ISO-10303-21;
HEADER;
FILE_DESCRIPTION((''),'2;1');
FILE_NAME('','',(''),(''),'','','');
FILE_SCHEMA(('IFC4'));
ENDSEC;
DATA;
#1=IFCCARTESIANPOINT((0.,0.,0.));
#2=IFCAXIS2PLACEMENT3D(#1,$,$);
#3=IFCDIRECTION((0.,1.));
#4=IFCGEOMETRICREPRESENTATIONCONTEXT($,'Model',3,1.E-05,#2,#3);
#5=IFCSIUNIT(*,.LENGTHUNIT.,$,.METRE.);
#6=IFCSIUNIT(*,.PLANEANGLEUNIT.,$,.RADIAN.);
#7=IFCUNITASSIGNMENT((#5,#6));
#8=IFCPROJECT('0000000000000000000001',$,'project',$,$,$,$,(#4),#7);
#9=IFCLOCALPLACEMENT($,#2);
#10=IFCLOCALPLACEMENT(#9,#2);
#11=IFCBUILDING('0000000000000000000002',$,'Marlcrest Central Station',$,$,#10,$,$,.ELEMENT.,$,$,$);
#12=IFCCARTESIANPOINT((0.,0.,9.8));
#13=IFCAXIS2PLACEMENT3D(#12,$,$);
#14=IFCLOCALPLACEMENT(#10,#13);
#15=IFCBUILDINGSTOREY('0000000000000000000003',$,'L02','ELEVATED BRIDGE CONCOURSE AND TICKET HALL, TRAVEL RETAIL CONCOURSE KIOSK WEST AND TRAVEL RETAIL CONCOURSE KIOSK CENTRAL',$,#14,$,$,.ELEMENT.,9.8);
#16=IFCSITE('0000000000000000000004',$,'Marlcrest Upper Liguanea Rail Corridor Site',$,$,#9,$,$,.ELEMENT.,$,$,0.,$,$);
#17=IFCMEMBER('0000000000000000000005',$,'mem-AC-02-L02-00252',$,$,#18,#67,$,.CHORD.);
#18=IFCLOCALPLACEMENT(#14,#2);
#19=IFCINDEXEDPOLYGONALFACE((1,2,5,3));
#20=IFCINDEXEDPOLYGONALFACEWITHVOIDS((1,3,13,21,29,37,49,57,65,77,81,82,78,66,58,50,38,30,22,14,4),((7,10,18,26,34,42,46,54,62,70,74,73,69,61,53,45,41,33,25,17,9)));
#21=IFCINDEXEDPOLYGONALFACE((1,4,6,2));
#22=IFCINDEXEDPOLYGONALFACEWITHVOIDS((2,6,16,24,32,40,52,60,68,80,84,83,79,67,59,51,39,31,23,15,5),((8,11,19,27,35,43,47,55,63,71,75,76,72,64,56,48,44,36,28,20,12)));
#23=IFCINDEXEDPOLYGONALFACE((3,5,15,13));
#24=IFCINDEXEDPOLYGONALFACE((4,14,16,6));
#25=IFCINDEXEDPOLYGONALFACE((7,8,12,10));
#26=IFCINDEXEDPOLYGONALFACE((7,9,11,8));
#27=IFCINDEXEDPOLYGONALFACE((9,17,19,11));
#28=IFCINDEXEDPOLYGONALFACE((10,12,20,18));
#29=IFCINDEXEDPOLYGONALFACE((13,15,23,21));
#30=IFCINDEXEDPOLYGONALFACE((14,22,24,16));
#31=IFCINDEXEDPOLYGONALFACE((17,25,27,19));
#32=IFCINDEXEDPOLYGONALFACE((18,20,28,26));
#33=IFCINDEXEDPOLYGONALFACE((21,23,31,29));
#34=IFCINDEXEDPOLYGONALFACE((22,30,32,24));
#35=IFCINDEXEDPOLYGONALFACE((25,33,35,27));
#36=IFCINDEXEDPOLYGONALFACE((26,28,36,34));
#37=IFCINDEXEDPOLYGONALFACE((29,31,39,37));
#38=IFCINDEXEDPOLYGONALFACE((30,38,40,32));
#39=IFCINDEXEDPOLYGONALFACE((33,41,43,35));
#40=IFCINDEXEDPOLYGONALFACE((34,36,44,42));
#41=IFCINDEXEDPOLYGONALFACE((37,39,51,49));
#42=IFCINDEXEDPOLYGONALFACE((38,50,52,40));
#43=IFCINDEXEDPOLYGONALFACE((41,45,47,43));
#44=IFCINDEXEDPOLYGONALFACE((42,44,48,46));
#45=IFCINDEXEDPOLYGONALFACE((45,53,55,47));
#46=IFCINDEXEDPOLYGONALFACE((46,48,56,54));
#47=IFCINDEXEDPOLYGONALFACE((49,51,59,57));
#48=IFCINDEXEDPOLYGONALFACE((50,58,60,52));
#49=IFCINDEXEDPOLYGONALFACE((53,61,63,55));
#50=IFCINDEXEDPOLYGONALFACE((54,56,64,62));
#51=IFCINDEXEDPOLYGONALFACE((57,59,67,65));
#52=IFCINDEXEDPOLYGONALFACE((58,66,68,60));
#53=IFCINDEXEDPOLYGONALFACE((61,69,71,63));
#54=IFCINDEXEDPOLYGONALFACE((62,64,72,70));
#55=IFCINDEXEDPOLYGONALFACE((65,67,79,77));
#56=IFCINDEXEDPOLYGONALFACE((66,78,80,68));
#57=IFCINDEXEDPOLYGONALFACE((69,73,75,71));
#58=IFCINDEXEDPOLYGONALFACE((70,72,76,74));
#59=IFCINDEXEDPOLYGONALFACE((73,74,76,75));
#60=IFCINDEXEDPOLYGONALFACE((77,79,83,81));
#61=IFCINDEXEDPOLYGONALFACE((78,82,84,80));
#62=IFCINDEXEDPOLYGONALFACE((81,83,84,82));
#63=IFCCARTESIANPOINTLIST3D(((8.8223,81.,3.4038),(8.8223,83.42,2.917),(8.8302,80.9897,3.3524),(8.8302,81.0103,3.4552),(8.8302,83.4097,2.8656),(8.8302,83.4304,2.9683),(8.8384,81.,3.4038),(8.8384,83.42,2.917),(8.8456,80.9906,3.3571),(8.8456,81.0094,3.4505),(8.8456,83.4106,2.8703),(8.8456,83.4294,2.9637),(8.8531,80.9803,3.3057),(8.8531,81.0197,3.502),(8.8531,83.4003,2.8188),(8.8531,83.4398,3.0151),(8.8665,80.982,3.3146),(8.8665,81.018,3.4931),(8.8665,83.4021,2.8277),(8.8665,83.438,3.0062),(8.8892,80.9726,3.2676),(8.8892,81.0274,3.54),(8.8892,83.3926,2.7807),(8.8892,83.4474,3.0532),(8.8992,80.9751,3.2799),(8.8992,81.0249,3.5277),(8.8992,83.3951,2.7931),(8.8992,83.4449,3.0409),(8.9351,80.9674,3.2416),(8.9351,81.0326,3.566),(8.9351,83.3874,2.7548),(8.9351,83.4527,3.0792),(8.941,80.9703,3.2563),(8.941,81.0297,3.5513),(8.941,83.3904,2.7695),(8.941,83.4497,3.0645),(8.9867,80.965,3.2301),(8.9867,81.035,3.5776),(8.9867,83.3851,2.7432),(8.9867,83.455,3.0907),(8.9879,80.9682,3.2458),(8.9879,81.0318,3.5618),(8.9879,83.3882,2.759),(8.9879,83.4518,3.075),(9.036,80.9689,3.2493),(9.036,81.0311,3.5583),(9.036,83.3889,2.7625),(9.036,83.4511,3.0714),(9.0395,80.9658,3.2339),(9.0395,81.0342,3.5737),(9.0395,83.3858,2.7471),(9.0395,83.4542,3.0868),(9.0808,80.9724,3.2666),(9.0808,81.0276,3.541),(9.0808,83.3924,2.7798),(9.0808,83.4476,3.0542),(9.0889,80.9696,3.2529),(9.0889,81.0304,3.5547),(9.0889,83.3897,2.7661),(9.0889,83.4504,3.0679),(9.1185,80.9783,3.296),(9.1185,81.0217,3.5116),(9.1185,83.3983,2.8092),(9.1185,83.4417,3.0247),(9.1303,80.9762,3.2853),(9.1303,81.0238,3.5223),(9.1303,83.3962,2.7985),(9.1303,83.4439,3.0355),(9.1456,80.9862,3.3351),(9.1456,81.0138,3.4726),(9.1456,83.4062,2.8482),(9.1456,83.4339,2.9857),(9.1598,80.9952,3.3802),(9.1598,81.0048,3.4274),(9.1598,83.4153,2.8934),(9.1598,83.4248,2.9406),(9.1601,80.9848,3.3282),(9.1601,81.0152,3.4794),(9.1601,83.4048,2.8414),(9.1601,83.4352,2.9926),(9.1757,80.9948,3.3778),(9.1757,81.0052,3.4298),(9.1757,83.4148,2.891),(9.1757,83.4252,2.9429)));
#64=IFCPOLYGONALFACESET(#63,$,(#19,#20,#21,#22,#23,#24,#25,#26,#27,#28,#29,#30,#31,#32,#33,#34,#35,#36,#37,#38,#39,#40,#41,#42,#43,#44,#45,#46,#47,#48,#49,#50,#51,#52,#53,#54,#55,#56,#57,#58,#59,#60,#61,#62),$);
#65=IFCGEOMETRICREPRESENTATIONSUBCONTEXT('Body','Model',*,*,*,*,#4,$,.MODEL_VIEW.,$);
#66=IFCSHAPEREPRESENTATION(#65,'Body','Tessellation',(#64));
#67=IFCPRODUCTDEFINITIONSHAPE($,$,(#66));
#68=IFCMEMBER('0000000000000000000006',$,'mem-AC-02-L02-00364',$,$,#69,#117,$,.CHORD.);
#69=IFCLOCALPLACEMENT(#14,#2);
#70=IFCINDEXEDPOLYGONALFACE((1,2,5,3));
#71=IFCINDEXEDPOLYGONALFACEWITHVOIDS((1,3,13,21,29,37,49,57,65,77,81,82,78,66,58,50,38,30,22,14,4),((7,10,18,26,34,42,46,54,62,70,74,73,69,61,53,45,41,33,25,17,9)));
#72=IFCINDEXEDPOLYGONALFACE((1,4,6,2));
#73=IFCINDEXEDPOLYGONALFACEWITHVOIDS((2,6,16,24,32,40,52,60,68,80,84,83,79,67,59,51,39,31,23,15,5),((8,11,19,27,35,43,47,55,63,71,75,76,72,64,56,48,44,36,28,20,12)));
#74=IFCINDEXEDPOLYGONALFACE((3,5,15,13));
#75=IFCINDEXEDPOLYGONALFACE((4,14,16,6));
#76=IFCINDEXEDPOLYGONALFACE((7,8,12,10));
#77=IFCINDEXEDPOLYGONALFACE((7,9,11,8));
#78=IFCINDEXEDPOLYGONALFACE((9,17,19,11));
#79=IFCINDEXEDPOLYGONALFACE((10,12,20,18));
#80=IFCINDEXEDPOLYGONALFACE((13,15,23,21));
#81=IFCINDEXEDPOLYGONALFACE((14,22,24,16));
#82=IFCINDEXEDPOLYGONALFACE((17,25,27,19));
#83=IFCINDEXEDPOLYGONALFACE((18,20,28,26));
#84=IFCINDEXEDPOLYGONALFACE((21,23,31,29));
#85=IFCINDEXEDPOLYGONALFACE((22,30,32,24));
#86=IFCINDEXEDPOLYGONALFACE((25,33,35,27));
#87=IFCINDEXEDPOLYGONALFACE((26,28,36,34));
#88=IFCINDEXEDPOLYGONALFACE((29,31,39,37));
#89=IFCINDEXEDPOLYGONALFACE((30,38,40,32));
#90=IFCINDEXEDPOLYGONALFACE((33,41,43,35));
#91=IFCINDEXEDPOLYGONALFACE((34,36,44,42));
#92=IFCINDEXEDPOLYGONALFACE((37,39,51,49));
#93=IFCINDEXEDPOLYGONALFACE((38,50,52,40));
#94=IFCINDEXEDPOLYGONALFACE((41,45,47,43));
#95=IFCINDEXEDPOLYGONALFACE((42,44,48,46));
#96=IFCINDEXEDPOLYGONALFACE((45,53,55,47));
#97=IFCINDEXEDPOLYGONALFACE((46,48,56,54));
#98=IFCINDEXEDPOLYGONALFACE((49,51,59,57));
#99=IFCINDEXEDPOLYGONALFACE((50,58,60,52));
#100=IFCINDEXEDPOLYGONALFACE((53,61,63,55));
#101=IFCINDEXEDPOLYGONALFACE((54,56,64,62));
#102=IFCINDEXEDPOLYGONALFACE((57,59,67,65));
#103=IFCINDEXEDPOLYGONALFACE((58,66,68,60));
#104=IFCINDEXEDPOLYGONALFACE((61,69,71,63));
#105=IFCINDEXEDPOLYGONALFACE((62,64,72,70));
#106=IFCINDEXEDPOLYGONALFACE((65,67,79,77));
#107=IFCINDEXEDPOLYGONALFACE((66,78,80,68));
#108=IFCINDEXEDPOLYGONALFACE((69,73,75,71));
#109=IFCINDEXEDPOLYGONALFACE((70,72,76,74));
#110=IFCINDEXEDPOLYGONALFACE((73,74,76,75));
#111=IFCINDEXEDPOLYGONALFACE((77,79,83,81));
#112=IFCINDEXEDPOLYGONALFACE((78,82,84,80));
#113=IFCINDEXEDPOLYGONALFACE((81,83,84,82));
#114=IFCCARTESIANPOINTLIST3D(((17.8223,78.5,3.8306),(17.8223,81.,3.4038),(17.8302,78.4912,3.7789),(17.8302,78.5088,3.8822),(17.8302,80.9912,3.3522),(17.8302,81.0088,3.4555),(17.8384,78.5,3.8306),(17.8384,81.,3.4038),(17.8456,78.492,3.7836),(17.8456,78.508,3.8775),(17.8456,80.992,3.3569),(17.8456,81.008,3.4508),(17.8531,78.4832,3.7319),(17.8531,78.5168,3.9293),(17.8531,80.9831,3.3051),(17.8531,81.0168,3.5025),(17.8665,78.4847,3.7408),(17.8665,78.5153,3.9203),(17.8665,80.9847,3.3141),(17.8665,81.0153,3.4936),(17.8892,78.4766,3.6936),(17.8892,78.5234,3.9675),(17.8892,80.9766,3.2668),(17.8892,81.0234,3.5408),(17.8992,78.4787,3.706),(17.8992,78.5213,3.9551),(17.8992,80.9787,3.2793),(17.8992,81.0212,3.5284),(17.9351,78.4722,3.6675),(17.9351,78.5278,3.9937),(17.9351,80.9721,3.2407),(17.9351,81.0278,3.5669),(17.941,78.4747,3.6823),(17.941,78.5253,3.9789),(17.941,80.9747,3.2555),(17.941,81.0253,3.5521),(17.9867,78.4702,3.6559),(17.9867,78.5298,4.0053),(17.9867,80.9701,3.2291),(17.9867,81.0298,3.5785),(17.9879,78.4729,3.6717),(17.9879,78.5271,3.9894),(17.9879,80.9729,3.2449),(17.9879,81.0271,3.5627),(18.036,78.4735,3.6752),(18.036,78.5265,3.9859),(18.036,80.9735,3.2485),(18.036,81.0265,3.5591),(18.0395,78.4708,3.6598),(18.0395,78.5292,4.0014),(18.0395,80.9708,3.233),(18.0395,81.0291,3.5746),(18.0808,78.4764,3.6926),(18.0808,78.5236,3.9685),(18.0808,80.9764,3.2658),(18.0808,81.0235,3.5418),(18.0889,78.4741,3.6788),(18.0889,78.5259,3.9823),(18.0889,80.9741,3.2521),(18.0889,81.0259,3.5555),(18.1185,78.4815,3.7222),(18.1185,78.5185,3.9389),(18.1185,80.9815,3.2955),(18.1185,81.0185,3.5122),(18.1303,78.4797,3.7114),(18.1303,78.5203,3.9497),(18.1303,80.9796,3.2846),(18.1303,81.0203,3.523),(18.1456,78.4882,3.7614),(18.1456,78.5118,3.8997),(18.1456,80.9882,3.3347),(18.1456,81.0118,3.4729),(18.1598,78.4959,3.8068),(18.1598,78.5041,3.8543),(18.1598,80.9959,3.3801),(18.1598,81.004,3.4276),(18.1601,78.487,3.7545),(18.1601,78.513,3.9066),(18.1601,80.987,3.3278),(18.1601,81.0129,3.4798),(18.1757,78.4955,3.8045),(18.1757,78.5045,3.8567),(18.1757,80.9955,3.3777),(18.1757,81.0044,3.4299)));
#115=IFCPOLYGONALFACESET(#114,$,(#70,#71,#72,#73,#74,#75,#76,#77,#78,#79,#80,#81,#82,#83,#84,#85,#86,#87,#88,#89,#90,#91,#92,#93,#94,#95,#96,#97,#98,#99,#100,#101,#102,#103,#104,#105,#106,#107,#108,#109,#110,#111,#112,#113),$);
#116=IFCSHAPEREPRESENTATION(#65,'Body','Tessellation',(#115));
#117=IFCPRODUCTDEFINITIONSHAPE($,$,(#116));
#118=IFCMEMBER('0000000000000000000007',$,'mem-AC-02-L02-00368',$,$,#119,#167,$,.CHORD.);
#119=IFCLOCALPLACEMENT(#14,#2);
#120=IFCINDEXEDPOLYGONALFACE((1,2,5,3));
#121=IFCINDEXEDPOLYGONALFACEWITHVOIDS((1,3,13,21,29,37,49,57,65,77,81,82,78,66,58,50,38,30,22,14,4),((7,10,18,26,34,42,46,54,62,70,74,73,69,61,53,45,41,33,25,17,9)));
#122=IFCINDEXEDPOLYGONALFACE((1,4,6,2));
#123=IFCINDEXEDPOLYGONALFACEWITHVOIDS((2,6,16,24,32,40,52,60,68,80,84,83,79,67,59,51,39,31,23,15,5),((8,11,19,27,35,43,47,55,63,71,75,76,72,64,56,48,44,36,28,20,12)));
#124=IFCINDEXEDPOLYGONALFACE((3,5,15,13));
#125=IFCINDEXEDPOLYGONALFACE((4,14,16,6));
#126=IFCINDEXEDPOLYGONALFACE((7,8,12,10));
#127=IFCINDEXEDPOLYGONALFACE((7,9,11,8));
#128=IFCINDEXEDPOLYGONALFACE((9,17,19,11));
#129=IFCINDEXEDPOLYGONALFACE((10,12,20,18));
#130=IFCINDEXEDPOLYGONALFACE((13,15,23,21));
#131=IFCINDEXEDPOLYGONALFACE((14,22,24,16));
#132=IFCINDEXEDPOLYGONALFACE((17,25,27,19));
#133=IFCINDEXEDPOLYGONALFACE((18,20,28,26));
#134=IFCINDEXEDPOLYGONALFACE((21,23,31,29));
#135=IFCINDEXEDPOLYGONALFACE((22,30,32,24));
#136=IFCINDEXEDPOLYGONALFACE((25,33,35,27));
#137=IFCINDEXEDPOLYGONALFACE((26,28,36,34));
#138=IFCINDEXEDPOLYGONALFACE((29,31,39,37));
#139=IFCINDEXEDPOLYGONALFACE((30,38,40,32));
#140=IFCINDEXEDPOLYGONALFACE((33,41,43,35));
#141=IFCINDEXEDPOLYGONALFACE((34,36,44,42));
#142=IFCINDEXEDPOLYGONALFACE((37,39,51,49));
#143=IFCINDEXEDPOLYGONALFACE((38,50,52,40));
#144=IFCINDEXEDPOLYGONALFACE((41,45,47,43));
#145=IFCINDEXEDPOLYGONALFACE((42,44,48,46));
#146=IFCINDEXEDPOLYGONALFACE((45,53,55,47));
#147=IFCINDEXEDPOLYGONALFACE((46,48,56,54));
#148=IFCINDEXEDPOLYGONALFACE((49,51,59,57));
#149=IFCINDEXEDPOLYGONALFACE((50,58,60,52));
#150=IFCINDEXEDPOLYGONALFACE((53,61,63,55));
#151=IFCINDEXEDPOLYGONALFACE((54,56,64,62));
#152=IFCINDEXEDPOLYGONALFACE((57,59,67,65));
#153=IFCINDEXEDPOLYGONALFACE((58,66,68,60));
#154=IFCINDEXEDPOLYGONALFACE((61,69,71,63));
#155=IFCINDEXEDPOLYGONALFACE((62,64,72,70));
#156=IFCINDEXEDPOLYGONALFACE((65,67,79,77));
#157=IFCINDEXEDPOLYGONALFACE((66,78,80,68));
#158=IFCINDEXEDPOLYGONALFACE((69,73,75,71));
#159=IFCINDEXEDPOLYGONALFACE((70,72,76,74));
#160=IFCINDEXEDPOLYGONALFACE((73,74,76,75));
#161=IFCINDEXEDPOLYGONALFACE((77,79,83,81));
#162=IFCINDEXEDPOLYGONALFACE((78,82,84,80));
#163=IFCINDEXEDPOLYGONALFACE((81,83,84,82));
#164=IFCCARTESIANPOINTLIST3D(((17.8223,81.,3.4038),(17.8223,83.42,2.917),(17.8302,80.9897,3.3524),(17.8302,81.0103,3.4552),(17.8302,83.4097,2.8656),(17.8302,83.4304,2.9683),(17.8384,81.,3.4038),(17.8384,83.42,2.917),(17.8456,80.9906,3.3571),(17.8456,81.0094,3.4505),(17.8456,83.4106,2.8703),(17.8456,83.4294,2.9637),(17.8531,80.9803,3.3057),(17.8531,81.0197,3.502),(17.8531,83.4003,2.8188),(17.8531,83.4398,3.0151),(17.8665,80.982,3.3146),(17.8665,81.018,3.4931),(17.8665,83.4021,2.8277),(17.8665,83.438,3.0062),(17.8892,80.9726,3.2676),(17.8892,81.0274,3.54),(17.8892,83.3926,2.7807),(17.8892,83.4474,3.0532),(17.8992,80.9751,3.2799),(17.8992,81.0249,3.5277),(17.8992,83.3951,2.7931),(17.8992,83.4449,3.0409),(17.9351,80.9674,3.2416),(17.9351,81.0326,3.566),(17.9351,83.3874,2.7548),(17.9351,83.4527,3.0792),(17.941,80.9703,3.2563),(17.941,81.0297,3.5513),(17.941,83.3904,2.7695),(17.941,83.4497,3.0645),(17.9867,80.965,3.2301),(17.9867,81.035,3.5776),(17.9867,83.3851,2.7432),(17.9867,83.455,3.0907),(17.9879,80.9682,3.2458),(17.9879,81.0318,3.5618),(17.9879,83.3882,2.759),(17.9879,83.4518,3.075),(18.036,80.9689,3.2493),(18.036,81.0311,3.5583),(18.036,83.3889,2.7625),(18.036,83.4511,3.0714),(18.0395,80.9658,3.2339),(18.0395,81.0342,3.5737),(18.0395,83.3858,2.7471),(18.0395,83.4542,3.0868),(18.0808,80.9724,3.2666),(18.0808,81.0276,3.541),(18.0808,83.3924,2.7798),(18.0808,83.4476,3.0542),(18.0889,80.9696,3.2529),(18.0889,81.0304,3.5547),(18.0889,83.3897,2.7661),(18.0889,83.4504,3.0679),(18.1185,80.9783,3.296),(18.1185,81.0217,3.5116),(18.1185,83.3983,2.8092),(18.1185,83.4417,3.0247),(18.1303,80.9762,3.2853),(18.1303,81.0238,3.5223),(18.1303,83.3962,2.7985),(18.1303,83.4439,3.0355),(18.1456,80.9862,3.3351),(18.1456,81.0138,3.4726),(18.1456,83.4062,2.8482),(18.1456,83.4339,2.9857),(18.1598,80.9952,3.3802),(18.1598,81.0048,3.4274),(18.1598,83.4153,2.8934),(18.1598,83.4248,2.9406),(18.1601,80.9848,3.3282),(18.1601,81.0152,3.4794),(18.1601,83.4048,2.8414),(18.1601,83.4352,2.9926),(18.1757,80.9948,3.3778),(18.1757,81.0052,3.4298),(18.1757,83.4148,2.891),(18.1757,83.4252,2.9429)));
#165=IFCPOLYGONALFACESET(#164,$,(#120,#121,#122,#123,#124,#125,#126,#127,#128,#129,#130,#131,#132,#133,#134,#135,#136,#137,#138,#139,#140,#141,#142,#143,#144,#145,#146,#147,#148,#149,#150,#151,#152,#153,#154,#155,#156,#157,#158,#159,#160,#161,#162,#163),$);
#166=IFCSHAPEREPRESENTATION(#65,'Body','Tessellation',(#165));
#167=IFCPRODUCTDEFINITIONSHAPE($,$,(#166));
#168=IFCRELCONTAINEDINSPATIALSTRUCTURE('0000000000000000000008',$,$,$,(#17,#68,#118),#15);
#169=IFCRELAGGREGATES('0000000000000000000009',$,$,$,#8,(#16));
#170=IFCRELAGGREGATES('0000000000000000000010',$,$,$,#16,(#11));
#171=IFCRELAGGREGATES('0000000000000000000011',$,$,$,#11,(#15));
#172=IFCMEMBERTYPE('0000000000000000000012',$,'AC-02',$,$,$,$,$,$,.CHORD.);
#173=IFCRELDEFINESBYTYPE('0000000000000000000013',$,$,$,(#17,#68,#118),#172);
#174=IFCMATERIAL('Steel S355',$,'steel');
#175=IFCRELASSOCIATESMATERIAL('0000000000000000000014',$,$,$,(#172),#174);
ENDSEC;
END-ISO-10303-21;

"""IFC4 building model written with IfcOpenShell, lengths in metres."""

from ifc_helpers import new_model, si_unit, direction, frame, origin, origin_2d, place, context, subcontext, project, spatial, hollow_circle, extrude, material, material_profile, profile_set, type_object, element, save


model = new_model("IFC4")

# Units and contexts
model_context = context("Model", 3, precision=1e-05, world=origin(), true_north=direction((0.0, 1.0)))
body_context = subcontext(model_context, "Body", "Model", "MODEL_VIEW")
ifc_project = project(units=[si_unit("LENGTHUNIT", "METRE"), si_unit("PLANEANGLEUNIT", "RADIAN")], contexts=[model_context])

# Site, building, storey
site_placement = place(None, origin())
site = spatial("IfcSite", under=ifc_project, at=site_placement, Name="Marlcrest Upper Liguanea Rail Corridor Site", CompositionType="ELEMENT", RefElevation=0.0)
building_placement = place(site_placement, origin())
building = spatial("IfcBuilding", under=site, at=building_placement, Name="Marlcrest Central Station", CompositionType="ELEMENT")
storey_placement = place(building_placement, frame((0.0, 0.0, 9.8)))
storey = spatial("IfcBuildingStorey", under=building, at=storey_placement, Name="L02", Description="ELEVATED BRIDGE CONCOURSE AND TICKET HALL, TRAVEL RETAIL CONCOURSE KIOSK WEST AND TRAVEL RETAIL CONCOURSE KIOSK CENTRAL", CompositionType="ELEMENT", Elevation=9.8)

# Members
ifc_material_1 = material(Name="Steel S355", Category="steel")
ifc_material_profile_1 = material_profile(ifc_material_1, hollow_circle(Radius=0.1777, WallThickness=0.0161, at=origin_2d()), Name="CHS 355.6x16")
ifc_profile_set_1 = profile_set([ifc_material_profile_1], Name="Steel S355")
member_type_1 = type_object("IfcMemberType", Name="AC-02", PredefinedType="CHORD", material=ifc_profile_set_1)
member_1_placement = place(storey_placement, frame((9.0, 81.0, 3.4038), z_axis=(0.0, 0.980359, -0.197219), x_axis=(-1.0, 0.0, 0.0)))
element("IfcMember", 1, at=member_1_placement, inside=storey, type_object=member_type_1, Name="mem-AC-02-L02-00252", PredefinedType="CHORD", context=body_context, shape_type="SweptSolid", body=[
    extrude(hollow_circle(Radius=0.1777, WallThickness=0.0161, at=origin_2d()), origin(), (0.0, 0.0, 1.0), 2.4685),
])
member_2_placement = place(storey_placement, frame((18.0, 78.5, 3.8306), z_axis=(0.0, 0.985741, -0.168269), x_axis=(-1.0, 0.0, 0.0)))
element("IfcMember", 2, at=member_2_placement, inside=storey, type_object=member_type_1, Name="mem-AC-02-L02-00364", PredefinedType="CHORD", context=body_context, shape_type="SweptSolid", body=[
    extrude(hollow_circle(Radius=0.1777, WallThickness=0.0161, at=origin_2d()), origin(), (0.0, 0.0, 1.0), 2.5361),
])
member_3_placement = place(storey_placement, frame((18.0, 81.0, 3.4038), z_axis=(0.0, 0.980359, -0.197219), x_axis=(-1.0, 0.0, 0.0)))
element("IfcMember", 3, at=member_3_placement, inside=storey, type_object=member_type_1, Name="mem-AC-02-L02-00368", PredefinedType="CHORD", context=body_context, shape_type="SweptSolid", body=[
    extrude(hollow_circle(Radius=0.1777, WallThickness=0.0161, at=origin_2d()), origin(), (0.0, 0.0, 1.0), 2.4685),
])

save(model, "model.ifc")
